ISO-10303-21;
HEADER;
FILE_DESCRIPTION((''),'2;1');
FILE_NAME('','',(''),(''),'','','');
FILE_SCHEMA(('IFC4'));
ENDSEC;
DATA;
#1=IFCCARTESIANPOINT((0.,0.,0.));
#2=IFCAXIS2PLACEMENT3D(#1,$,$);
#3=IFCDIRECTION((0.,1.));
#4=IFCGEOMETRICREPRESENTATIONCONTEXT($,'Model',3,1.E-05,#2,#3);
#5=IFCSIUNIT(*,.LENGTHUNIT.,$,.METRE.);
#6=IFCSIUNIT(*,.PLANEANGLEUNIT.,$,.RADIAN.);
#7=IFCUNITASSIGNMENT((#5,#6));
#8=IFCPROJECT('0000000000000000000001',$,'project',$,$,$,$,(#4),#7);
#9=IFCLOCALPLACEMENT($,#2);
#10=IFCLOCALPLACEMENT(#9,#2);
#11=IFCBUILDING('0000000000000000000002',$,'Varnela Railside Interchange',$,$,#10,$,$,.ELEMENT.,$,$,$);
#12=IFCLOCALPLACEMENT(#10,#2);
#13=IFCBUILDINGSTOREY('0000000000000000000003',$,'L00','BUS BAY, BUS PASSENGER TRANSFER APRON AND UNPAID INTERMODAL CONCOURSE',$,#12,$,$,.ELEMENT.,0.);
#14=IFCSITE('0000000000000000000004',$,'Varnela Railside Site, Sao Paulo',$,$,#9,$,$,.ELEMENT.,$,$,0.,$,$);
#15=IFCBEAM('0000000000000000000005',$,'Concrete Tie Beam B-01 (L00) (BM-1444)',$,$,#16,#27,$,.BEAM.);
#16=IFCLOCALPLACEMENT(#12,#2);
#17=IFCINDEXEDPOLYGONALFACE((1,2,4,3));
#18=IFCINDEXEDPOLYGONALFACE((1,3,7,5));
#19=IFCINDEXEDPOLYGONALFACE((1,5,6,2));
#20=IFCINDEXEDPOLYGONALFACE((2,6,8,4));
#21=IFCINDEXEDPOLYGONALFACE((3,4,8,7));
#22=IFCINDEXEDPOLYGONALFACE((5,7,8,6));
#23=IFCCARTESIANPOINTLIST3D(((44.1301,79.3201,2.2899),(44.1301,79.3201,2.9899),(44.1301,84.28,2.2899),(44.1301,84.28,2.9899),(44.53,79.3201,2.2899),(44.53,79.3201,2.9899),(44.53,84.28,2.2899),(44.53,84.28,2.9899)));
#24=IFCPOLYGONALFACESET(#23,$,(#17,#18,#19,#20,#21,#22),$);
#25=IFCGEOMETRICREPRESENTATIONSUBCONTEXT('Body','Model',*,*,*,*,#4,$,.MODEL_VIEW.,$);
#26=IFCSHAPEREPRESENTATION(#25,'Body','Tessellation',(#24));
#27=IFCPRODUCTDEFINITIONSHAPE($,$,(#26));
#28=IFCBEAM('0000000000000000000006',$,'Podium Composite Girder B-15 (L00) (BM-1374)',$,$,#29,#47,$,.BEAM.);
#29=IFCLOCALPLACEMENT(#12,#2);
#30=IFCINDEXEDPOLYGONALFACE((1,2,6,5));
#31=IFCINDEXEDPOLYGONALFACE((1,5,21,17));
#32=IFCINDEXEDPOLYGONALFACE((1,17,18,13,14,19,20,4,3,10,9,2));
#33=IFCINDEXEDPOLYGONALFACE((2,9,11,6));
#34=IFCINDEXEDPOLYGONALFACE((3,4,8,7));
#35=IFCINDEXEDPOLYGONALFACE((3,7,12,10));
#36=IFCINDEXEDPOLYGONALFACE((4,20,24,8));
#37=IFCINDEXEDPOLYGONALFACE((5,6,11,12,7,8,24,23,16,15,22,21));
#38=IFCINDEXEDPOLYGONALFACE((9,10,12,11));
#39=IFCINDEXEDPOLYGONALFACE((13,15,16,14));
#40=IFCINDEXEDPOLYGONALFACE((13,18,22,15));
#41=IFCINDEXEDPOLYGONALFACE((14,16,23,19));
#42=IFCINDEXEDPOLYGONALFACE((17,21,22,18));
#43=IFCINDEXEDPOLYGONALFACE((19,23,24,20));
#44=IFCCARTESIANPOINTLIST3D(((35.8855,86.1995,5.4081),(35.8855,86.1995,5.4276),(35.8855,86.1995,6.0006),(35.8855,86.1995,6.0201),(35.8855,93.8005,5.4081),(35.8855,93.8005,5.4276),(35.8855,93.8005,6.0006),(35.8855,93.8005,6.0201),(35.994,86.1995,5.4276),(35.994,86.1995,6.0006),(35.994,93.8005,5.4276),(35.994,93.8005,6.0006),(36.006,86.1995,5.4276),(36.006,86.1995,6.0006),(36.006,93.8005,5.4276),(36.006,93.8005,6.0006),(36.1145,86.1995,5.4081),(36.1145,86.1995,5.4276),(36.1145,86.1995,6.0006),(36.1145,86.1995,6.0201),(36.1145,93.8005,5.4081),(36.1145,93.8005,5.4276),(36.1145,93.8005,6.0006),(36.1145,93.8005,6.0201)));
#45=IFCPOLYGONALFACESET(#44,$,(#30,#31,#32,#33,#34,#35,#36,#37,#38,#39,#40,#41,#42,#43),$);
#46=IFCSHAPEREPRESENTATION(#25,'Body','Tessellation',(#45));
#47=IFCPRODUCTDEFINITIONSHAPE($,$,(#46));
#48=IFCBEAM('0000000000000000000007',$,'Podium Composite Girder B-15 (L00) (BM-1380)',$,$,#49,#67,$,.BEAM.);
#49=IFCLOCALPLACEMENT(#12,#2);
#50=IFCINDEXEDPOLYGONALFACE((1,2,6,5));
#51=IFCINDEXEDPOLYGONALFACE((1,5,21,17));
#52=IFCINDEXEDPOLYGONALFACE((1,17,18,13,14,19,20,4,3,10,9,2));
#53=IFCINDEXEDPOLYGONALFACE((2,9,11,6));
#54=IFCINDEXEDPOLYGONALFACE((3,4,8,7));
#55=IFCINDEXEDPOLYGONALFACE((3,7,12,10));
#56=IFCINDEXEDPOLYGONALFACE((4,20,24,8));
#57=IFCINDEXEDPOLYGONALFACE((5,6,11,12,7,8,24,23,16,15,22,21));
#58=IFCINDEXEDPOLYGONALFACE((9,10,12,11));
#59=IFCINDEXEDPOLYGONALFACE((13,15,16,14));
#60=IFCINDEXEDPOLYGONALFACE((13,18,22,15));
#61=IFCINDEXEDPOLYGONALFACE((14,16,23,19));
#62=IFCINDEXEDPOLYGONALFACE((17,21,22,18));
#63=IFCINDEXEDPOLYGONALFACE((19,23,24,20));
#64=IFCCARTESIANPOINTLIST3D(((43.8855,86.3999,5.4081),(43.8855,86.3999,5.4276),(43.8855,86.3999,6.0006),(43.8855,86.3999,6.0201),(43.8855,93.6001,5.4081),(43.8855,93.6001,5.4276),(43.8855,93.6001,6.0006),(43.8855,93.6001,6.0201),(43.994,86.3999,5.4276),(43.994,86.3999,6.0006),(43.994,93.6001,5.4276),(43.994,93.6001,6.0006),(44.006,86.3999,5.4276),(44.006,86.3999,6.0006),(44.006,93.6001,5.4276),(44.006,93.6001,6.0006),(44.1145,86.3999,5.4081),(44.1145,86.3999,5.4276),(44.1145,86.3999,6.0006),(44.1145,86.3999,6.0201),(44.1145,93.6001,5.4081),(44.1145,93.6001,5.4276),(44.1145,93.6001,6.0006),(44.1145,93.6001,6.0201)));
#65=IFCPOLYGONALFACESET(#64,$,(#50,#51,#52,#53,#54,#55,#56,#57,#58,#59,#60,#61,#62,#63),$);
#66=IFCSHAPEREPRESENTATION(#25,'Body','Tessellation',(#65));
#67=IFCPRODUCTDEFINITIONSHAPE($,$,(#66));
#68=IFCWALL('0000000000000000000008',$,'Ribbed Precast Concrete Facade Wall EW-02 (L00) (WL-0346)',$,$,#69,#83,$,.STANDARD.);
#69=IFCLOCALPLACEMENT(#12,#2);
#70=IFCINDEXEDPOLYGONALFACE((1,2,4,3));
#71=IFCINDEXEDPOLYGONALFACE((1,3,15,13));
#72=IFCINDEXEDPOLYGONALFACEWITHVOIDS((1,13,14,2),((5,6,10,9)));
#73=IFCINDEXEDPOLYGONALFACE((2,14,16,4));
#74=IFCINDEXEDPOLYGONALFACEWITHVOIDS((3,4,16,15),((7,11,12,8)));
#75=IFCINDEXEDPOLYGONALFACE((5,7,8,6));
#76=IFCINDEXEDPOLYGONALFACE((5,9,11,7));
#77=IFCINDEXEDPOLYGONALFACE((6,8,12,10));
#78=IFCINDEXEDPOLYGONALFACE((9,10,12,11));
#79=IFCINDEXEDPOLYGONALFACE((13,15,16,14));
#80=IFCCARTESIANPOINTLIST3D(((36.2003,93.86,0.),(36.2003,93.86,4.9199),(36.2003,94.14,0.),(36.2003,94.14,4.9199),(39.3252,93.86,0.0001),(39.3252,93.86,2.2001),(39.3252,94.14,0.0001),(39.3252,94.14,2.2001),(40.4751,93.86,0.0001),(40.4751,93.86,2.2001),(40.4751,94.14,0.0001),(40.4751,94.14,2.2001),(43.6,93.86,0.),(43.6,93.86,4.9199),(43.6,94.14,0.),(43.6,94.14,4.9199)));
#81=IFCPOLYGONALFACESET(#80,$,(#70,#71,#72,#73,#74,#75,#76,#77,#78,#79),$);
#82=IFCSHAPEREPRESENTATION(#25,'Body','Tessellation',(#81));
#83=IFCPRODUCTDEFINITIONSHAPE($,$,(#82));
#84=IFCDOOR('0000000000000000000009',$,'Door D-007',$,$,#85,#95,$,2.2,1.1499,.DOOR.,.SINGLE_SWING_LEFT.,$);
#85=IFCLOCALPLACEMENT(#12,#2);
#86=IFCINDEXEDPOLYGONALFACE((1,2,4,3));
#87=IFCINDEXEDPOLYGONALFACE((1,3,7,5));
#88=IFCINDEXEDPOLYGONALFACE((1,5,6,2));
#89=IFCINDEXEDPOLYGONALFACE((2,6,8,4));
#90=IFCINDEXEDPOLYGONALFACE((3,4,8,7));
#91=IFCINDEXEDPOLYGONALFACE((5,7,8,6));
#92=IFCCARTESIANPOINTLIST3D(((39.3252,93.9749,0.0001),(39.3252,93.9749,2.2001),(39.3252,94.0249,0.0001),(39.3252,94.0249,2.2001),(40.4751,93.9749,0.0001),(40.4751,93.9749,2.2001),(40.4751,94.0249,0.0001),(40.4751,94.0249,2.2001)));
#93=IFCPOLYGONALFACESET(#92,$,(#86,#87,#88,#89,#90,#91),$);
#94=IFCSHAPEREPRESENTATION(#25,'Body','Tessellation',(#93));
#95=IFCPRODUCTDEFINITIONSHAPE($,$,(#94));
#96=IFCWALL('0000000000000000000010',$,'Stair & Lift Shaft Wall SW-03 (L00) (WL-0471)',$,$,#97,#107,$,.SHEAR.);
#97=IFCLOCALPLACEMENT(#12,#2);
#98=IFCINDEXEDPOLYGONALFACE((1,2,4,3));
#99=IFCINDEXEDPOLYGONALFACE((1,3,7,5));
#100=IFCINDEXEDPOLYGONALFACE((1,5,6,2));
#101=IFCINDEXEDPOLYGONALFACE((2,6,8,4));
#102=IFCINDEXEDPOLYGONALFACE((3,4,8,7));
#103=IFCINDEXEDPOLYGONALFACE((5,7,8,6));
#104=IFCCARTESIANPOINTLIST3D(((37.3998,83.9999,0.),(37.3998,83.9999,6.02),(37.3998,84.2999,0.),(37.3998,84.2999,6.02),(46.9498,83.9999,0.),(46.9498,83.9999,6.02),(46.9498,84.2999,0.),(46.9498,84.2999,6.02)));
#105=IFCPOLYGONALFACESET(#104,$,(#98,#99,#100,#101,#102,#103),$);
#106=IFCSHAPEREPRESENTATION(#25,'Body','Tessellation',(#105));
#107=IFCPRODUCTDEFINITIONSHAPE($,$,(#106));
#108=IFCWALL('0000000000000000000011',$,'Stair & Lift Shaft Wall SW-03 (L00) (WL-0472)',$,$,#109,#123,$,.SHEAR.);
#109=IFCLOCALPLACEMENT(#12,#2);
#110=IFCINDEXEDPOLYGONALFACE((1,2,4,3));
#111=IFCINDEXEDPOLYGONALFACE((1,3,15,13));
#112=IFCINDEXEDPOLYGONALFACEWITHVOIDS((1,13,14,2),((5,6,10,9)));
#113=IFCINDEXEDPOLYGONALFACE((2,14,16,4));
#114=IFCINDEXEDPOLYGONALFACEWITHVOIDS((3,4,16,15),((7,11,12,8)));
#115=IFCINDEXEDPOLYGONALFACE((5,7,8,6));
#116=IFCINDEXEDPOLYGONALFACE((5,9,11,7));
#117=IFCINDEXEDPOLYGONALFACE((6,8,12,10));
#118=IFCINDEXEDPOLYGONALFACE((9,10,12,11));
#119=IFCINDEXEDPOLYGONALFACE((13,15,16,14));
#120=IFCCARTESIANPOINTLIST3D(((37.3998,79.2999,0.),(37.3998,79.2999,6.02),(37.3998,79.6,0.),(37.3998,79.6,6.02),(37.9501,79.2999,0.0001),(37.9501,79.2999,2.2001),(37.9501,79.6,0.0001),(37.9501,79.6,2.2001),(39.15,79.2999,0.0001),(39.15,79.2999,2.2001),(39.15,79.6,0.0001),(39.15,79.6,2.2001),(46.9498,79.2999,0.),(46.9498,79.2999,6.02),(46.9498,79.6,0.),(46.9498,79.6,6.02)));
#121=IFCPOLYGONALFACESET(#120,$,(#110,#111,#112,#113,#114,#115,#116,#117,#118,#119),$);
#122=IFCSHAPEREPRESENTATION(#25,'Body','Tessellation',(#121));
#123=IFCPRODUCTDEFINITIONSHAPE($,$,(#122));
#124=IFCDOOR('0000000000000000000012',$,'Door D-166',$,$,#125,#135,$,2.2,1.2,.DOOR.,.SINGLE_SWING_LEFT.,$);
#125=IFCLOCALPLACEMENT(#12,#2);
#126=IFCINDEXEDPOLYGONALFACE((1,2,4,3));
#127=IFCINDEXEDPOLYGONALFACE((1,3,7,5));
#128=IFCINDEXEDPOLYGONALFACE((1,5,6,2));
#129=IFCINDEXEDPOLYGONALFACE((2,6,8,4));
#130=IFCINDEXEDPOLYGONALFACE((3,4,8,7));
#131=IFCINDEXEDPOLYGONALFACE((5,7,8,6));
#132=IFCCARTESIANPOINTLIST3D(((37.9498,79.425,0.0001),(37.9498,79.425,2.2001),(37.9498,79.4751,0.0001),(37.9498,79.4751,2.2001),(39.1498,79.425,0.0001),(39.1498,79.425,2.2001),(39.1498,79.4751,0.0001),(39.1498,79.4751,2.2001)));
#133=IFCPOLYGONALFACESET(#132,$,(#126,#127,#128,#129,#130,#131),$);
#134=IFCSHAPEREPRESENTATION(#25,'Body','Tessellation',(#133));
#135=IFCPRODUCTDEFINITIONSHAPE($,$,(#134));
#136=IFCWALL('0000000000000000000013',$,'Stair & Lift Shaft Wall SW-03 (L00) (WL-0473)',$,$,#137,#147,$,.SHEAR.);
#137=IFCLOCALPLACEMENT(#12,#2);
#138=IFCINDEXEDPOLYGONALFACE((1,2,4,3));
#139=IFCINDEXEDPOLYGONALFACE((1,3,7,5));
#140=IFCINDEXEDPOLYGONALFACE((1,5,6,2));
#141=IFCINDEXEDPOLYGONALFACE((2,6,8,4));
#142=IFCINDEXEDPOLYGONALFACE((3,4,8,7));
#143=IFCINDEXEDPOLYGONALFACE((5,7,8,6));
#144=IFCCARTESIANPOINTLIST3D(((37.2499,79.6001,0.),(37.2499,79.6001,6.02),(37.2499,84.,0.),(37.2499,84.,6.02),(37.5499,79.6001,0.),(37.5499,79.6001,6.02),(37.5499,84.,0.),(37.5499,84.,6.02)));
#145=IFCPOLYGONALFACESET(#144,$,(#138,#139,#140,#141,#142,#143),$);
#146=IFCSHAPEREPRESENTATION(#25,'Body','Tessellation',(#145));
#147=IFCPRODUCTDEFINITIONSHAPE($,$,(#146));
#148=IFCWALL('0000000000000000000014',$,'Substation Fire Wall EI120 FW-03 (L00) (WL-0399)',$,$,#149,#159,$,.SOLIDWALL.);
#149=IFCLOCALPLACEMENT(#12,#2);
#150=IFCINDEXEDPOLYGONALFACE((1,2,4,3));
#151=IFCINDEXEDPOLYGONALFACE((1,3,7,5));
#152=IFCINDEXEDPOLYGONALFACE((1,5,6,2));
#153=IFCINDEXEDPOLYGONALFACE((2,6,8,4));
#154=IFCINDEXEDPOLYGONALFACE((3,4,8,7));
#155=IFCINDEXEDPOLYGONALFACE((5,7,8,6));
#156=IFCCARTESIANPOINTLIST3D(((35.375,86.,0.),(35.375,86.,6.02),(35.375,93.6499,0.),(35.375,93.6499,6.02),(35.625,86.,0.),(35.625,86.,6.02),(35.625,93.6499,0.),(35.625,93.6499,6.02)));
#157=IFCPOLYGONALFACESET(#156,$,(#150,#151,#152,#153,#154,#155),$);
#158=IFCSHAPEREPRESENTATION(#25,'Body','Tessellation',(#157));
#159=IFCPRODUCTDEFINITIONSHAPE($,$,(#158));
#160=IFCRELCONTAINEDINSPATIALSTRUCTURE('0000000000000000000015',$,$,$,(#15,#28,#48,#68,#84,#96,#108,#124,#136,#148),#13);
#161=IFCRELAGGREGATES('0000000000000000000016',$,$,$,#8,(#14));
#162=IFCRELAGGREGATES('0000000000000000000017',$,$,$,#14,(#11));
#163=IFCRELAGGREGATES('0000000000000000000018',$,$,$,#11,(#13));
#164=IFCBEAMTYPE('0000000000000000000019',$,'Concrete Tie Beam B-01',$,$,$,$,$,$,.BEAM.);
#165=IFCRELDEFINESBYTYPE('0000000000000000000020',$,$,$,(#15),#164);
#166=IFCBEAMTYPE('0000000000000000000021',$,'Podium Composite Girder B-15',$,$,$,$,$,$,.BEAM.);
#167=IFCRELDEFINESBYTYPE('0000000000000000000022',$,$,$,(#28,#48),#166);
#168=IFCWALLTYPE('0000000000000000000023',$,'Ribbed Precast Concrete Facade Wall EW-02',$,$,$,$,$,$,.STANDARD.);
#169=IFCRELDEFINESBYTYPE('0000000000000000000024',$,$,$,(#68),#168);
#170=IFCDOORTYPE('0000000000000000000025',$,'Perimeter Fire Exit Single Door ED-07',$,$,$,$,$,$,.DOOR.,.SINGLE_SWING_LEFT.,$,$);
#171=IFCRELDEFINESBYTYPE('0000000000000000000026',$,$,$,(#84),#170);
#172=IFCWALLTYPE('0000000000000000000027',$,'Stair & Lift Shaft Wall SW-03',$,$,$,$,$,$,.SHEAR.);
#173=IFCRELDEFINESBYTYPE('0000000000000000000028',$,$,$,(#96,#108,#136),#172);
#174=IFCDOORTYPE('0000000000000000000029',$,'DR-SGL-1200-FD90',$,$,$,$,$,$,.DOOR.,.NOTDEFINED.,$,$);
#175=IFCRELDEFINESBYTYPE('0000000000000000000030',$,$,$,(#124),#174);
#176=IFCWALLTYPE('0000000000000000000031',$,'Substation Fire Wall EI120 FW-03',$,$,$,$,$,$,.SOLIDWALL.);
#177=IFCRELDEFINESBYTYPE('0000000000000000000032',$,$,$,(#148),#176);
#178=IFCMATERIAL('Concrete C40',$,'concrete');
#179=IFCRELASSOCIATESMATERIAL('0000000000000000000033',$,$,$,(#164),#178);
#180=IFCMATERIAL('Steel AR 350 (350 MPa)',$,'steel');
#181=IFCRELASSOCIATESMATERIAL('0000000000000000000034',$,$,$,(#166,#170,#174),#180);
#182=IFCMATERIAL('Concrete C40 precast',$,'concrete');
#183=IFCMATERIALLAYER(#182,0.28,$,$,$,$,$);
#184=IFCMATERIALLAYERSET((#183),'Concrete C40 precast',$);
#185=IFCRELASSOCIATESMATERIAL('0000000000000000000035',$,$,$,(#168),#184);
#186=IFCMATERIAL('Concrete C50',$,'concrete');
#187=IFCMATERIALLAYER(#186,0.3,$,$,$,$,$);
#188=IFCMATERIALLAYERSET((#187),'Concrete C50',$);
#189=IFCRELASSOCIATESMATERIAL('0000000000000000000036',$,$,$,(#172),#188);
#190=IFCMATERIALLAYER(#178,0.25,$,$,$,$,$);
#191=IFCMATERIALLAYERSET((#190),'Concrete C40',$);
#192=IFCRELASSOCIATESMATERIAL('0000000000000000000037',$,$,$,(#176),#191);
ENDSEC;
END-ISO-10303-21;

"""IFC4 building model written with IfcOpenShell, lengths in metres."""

from ifc_helpers import new_model, si_unit, direction, frame, frame_2d, origin, origin_2d, place, context, subcontext, project, spatial, rectangle, i_section, extrude, material, layer, layer_set, material_profile, profile_set, type_object, element, fill, save


model = new_model("IFC4")

# Units and contexts
model_context = context("Model", 3, precision=1e-05, world=origin(), true_north=direction((0.0, 1.0)))
body_context = subcontext(model_context, "Body", "Model", "MODEL_VIEW")
ifc_project = project(units=[si_unit("LENGTHUNIT", "METRE"), si_unit("PLANEANGLEUNIT", "RADIAN")], contexts=[model_context])

# Site, building, storey
site_placement = place(None, origin())
site = spatial("IfcSite", under=ifc_project, at=site_placement, Name="Varnela Railside Site, Sao Paulo", CompositionType="ELEMENT", RefElevation=0.0)
building_placement = place(site_placement, origin())
building = spatial("IfcBuilding", under=site, at=building_placement, Name="Varnela Railside Interchange", CompositionType="ELEMENT")
storey_placement = place(building_placement, origin())
storey = spatial("IfcBuildingStorey", under=building, at=storey_placement, Name="L00", Description="BUS BAY, BUS PASSENGER TRANSFER APRON AND UNPAID INTERMODAL CONCOURSE", CompositionType="ELEMENT", Elevation=0.0)

# Shared definitions
ifc_material_1 = material(Name="Concrete C50", Category="concrete")
ifc_material_2 = material(Name="Steel AR 350 (350 MPa)", Category="steel")

# Beams
ifc_material_3 = material(Name="Concrete C40", Category="concrete")
ifc_material_profile_1 = material_profile(ifc_material_3, rectangle(XDim=0.3999, YDim=0.7, at=origin_2d()), Name="RC 400x700")
ifc_profile_set_1 = profile_set([ifc_material_profile_1], Name="Concrete C40")
beam_type_1 = type_object("IfcBeamType", Name="Concrete Tie Beam B-01", PredefinedType="BEAM", material=ifc_profile_set_1)
for number, where, z_axis, x_axis, name in (
    (1, (44.3301, 79.3201, 2.6399), (0.0, 1.0, 0.0), (-1.0, 0.0, 0.0), "Concrete Tie Beam B-01 (L00) (BM-1444)"),
):
    element("IfcBeam", number, at=place(storey_placement, frame(where, z_axis=z_axis, x_axis=x_axis)), inside=storey, type_object=beam_type_1, Name=name, PredefinedType="BEAM", context=body_context, shape_type="SweptSolid", body=[
        extrude(rectangle(XDim=0.3999, YDim=0.7, at=origin_2d()), origin(), (0.0, 0.0, 1.0), 4.96),
    ])
ifc_material_profile_2 = material_profile(ifc_material_2, i_section(OverallWidth=0.229, OverallDepth=0.6121, WebThickness=0.012, FlangeThickness=0.0195, at=origin_2d()), Name="W610x125")
ifc_profile_set_2 = profile_set([ifc_material_profile_2], Name="Steel AR 350 (350 MPa)")
beam_type_2 = type_object("IfcBeamType", Name="Podium Composite Girder B-15", PredefinedType="BEAM", material=ifc_profile_set_2)
beam_1_placement = place(storey_placement, frame((36.0, 86.1995, 5.7141), z_axis=(0.0, 1.0, 0.0), x_axis=(-1.0, 0.0, 0.0)))
element("IfcBeam", 2, at=beam_1_placement, inside=storey, type_object=beam_type_2, Name="Podium Composite Girder B-15 (L00) (BM-1374)", PredefinedType="BEAM", context=body_context, shape_type="SweptSolid", body=[
    extrude(i_section(OverallWidth=0.229, OverallDepth=0.6121, WebThickness=0.012, FlangeThickness=0.0195, at=origin_2d()), origin(), (0.0, 0.0, 1.0), 7.6011),
])
beam_2_placement = place(storey_placement, frame((44.0, 86.3999, 5.7141), z_axis=(0.0, 1.0, 0.0), x_axis=(-1.0, 0.0, 0.0)))
element("IfcBeam", 3, at=beam_2_placement, inside=storey, type_object=beam_type_2, Name="Podium Composite Girder B-15 (L00) (BM-1380)", PredefinedType="BEAM", context=body_context, shape_type="SweptSolid", body=[
    extrude(i_section(OverallWidth=0.229, OverallDepth=0.6121, WebThickness=0.012, FlangeThickness=0.0195, at=origin_2d()), origin(), (0.0, 0.0, 1.0), 7.2002),
])

# Wall, opening, door
ifc_material_4 = material(Name="Concrete C40 precast", Category="concrete")
ifc_layer_1 = layer(ifc_material_4, 0.28)
ifc_layer_set_1 = layer_set([ifc_layer_1], Name="Concrete C40 precast")
wall_type_1 = type_object("IfcWallType", Name="Ribbed Precast Concrete Facade Wall EW-02", PredefinedType="STANDARD", material=ifc_layer_set_1)
wall_1_placement = place(storey_placement, frame((36.2004, 94.0, 0.0), z_axis=(0.0, 0.0, 1.0), x_axis=(1.0, 0.0, 0.0)))
wall_1 = element("IfcWall", 4, at=wall_1_placement, inside=storey, type_object=wall_type_1, Name="Ribbed Precast Concrete Facade Wall EW-02 (L00) (WL-0346)", PredefinedType="STANDARD", context=body_context, shape_type="SweptSolid", body=[
    extrude(rectangle(XDim=7.3997, YDim=0.28, at=frame_2d((3.6997, 0.0))), origin(), (0.0, 0.0, 1.0), 4.9199),
])
opening_1_placement = place(wall_1_placement, frame((3.1248, 0.0, 0.0)))
opening_1 = element("IfcOpeningElement", 5, at=opening_1_placement, cuts=wall_1, PredefinedType="OPENING", context=body_context, shape_type="SweptSolid", body=[
    extrude(rectangle(XDim=1.1499, YDim=2.2, at=frame_2d((0.575, 1.1001))), frame((0.0, 0.1499, 0.0), z_axis=(0.0, -1.0, 0.0), x_axis=(1.0, 0.0, 0.0)), (0.0, 0.0, 1.0), 0.3),
])
door_type_1 = type_object("IfcDoorType", Name="Perimeter Fire Exit Single Door ED-07", OperationType="SINGLE_SWING_LEFT", PredefinedType="DOOR", material=ifc_material_2)
door_1_placement = place(opening_1_placement, origin())
door_1 = element("IfcDoor", 6, at=door_1_placement, inside=storey, type_object=door_type_1, Name="Door D-007", OperationType="SINGLE_SWING_LEFT", OverallHeight=2.2, OverallWidth=1.1499, PredefinedType="DOOR", context=body_context, shape_type="SweptSolid", body=[
    extrude(rectangle(XDim=1.1499, YDim=2.2, at=frame_2d((0.575, 1.1001))), frame((0.0, 0.0249, 0.0), z_axis=(0.0, -1.0, 0.0), x_axis=(1.0, 0.0, 0.0)), (0.0, 0.0, 1.0), 0.05),
])
fill(opening_1, door_1)

# Wall
ifc_layer_2 = layer(ifc_material_1, 0.3)
ifc_layer_set_2 = layer_set([ifc_layer_2], Name="Concrete C50")
wall_type_2 = type_object("IfcWallType", Name="Stair & Lift Shaft Wall SW-03", PredefinedType="SHEAR", material=ifc_layer_set_2)
wall_2_placement = place(storey_placement, frame((37.3999, 84.1499, 0.0), z_axis=(0.0, 0.0, 1.0), x_axis=(1.0, 0.0, 0.0)))
element("IfcWall", 7, at=wall_2_placement, inside=storey, type_object=wall_type_2, Name="Stair & Lift Shaft Wall SW-03 (L00) (WL-0471)", PredefinedType="SHEAR", context=body_context, shape_type="SweptSolid", body=[
    extrude(rectangle(XDim=9.55, YDim=0.3, at=frame_2d((4.7749, 0.0))), origin(), (0.0, 0.0, 1.0), 6.02),
])

# Wall, opening, door
wall_3_placement = place(storey_placement, frame((37.3999, 79.45, 0.0), z_axis=(0.0, 0.0, 1.0), x_axis=(1.0, 0.0, 0.0)))
wall_3 = element("IfcWall", 8, at=wall_3_placement, inside=storey, type_object=wall_type_2, Name="Stair & Lift Shaft Wall SW-03 (L00) (WL-0472)", PredefinedType="SHEAR", context=body_context, shape_type="SweptSolid", body=[
    extrude(rectangle(XDim=9.55, YDim=0.3, at=frame_2d((4.7749, 0.0))), origin(), (0.0, 0.0, 1.0), 6.02),
])
opening_2_placement = place(wall_3_placement, frame((0.55, 0.0, 0.0)))
opening_2 = element("IfcOpeningElement", 9, at=opening_2_placement, cuts=wall_3, PredefinedType="OPENING", context=body_context, shape_type="SweptSolid", body=[
    extrude(rectangle(XDim=1.2, YDim=2.2, at=frame_2d((0.6001, 1.1001))), frame((0.0, 0.1599, 0.0), z_axis=(0.0, -1.0, 0.0), x_axis=(1.0, 0.0, 0.0)), (0.0, 0.0, 1.0), 0.3201),
])
door_type_2 = type_object("IfcDoorType", Name="DR-SGL-1200-FD90", OperationType="NOTDEFINED", PredefinedType="DOOR", material=ifc_material_2)
door_2_placement = place(opening_2_placement, frame((1.2, 0.0, 0.0), z_axis=(0.0, 0.0, 1.0), x_axis=(-1.0, 0.0, 0.0)))
door_2 = element("IfcDoor", 10, at=door_2_placement, inside=storey, type_object=door_type_2, Name="Door D-166", OperationType="SINGLE_SWING_LEFT", OverallHeight=2.2, OverallWidth=1.2, PredefinedType="DOOR", context=body_context, shape_type="SweptSolid", body=[
    extrude(rectangle(XDim=1.2, YDim=2.2, at=frame_2d((0.6001, 1.1001))), frame((0.0, 0.0249, 0.0), z_axis=(0.0, -1.0, 0.0), x_axis=(1.0, 0.0, 0.0)), (0.0, 0.0, 1.0), 0.05),
])
fill(opening_2, door_2)

# Walls
wall_4_placement = place(storey_placement, frame((37.3999, 79.6001, 0.0), z_axis=(0.0, 0.0, 1.0), x_axis=(0.0, 1.0, 0.0)))
element("IfcWall", 11, at=wall_4_placement, inside=storey, type_object=wall_type_2, Name="Stair & Lift Shaft Wall SW-03 (L00) (WL-0473)", PredefinedType="SHEAR", context=body_context, shape_type="SweptSolid", body=[
    extrude(rectangle(XDim=4.3999, YDim=0.3, at=frame_2d((2.2, 0.0))), origin(), (0.0, 0.0, 1.0), 6.02),
])
ifc_layer_3 = layer(ifc_material_3, 0.25)
ifc_layer_set_3 = layer_set([ifc_layer_3], Name="Concrete C40")
wall_type_3 = type_object("IfcWallType", Name="Substation Fire Wall EI120 FW-03", PredefinedType="SOLIDWALL", material=ifc_layer_set_3)
wall_5_placement = place(storey_placement, frame((35.5, 86.0, 0.0), z_axis=(0.0, 0.0, 1.0), x_axis=(0.0, 1.0, 0.0)))
element("IfcWall", 12, at=wall_5_placement, inside=storey, type_object=wall_type_3, Name="Substation Fire Wall EI120 FW-03 (L00) (WL-0399)", PredefinedType="SOLIDWALL", context=body_context, shape_type="SweptSolid", body=[
    extrude(rectangle(XDim=7.6499, YDim=0.25, at=frame_2d((3.825, 0.0))), origin(), (0.0, 0.0, 1.0), 6.02),
])

save(model, "model.ifc")
